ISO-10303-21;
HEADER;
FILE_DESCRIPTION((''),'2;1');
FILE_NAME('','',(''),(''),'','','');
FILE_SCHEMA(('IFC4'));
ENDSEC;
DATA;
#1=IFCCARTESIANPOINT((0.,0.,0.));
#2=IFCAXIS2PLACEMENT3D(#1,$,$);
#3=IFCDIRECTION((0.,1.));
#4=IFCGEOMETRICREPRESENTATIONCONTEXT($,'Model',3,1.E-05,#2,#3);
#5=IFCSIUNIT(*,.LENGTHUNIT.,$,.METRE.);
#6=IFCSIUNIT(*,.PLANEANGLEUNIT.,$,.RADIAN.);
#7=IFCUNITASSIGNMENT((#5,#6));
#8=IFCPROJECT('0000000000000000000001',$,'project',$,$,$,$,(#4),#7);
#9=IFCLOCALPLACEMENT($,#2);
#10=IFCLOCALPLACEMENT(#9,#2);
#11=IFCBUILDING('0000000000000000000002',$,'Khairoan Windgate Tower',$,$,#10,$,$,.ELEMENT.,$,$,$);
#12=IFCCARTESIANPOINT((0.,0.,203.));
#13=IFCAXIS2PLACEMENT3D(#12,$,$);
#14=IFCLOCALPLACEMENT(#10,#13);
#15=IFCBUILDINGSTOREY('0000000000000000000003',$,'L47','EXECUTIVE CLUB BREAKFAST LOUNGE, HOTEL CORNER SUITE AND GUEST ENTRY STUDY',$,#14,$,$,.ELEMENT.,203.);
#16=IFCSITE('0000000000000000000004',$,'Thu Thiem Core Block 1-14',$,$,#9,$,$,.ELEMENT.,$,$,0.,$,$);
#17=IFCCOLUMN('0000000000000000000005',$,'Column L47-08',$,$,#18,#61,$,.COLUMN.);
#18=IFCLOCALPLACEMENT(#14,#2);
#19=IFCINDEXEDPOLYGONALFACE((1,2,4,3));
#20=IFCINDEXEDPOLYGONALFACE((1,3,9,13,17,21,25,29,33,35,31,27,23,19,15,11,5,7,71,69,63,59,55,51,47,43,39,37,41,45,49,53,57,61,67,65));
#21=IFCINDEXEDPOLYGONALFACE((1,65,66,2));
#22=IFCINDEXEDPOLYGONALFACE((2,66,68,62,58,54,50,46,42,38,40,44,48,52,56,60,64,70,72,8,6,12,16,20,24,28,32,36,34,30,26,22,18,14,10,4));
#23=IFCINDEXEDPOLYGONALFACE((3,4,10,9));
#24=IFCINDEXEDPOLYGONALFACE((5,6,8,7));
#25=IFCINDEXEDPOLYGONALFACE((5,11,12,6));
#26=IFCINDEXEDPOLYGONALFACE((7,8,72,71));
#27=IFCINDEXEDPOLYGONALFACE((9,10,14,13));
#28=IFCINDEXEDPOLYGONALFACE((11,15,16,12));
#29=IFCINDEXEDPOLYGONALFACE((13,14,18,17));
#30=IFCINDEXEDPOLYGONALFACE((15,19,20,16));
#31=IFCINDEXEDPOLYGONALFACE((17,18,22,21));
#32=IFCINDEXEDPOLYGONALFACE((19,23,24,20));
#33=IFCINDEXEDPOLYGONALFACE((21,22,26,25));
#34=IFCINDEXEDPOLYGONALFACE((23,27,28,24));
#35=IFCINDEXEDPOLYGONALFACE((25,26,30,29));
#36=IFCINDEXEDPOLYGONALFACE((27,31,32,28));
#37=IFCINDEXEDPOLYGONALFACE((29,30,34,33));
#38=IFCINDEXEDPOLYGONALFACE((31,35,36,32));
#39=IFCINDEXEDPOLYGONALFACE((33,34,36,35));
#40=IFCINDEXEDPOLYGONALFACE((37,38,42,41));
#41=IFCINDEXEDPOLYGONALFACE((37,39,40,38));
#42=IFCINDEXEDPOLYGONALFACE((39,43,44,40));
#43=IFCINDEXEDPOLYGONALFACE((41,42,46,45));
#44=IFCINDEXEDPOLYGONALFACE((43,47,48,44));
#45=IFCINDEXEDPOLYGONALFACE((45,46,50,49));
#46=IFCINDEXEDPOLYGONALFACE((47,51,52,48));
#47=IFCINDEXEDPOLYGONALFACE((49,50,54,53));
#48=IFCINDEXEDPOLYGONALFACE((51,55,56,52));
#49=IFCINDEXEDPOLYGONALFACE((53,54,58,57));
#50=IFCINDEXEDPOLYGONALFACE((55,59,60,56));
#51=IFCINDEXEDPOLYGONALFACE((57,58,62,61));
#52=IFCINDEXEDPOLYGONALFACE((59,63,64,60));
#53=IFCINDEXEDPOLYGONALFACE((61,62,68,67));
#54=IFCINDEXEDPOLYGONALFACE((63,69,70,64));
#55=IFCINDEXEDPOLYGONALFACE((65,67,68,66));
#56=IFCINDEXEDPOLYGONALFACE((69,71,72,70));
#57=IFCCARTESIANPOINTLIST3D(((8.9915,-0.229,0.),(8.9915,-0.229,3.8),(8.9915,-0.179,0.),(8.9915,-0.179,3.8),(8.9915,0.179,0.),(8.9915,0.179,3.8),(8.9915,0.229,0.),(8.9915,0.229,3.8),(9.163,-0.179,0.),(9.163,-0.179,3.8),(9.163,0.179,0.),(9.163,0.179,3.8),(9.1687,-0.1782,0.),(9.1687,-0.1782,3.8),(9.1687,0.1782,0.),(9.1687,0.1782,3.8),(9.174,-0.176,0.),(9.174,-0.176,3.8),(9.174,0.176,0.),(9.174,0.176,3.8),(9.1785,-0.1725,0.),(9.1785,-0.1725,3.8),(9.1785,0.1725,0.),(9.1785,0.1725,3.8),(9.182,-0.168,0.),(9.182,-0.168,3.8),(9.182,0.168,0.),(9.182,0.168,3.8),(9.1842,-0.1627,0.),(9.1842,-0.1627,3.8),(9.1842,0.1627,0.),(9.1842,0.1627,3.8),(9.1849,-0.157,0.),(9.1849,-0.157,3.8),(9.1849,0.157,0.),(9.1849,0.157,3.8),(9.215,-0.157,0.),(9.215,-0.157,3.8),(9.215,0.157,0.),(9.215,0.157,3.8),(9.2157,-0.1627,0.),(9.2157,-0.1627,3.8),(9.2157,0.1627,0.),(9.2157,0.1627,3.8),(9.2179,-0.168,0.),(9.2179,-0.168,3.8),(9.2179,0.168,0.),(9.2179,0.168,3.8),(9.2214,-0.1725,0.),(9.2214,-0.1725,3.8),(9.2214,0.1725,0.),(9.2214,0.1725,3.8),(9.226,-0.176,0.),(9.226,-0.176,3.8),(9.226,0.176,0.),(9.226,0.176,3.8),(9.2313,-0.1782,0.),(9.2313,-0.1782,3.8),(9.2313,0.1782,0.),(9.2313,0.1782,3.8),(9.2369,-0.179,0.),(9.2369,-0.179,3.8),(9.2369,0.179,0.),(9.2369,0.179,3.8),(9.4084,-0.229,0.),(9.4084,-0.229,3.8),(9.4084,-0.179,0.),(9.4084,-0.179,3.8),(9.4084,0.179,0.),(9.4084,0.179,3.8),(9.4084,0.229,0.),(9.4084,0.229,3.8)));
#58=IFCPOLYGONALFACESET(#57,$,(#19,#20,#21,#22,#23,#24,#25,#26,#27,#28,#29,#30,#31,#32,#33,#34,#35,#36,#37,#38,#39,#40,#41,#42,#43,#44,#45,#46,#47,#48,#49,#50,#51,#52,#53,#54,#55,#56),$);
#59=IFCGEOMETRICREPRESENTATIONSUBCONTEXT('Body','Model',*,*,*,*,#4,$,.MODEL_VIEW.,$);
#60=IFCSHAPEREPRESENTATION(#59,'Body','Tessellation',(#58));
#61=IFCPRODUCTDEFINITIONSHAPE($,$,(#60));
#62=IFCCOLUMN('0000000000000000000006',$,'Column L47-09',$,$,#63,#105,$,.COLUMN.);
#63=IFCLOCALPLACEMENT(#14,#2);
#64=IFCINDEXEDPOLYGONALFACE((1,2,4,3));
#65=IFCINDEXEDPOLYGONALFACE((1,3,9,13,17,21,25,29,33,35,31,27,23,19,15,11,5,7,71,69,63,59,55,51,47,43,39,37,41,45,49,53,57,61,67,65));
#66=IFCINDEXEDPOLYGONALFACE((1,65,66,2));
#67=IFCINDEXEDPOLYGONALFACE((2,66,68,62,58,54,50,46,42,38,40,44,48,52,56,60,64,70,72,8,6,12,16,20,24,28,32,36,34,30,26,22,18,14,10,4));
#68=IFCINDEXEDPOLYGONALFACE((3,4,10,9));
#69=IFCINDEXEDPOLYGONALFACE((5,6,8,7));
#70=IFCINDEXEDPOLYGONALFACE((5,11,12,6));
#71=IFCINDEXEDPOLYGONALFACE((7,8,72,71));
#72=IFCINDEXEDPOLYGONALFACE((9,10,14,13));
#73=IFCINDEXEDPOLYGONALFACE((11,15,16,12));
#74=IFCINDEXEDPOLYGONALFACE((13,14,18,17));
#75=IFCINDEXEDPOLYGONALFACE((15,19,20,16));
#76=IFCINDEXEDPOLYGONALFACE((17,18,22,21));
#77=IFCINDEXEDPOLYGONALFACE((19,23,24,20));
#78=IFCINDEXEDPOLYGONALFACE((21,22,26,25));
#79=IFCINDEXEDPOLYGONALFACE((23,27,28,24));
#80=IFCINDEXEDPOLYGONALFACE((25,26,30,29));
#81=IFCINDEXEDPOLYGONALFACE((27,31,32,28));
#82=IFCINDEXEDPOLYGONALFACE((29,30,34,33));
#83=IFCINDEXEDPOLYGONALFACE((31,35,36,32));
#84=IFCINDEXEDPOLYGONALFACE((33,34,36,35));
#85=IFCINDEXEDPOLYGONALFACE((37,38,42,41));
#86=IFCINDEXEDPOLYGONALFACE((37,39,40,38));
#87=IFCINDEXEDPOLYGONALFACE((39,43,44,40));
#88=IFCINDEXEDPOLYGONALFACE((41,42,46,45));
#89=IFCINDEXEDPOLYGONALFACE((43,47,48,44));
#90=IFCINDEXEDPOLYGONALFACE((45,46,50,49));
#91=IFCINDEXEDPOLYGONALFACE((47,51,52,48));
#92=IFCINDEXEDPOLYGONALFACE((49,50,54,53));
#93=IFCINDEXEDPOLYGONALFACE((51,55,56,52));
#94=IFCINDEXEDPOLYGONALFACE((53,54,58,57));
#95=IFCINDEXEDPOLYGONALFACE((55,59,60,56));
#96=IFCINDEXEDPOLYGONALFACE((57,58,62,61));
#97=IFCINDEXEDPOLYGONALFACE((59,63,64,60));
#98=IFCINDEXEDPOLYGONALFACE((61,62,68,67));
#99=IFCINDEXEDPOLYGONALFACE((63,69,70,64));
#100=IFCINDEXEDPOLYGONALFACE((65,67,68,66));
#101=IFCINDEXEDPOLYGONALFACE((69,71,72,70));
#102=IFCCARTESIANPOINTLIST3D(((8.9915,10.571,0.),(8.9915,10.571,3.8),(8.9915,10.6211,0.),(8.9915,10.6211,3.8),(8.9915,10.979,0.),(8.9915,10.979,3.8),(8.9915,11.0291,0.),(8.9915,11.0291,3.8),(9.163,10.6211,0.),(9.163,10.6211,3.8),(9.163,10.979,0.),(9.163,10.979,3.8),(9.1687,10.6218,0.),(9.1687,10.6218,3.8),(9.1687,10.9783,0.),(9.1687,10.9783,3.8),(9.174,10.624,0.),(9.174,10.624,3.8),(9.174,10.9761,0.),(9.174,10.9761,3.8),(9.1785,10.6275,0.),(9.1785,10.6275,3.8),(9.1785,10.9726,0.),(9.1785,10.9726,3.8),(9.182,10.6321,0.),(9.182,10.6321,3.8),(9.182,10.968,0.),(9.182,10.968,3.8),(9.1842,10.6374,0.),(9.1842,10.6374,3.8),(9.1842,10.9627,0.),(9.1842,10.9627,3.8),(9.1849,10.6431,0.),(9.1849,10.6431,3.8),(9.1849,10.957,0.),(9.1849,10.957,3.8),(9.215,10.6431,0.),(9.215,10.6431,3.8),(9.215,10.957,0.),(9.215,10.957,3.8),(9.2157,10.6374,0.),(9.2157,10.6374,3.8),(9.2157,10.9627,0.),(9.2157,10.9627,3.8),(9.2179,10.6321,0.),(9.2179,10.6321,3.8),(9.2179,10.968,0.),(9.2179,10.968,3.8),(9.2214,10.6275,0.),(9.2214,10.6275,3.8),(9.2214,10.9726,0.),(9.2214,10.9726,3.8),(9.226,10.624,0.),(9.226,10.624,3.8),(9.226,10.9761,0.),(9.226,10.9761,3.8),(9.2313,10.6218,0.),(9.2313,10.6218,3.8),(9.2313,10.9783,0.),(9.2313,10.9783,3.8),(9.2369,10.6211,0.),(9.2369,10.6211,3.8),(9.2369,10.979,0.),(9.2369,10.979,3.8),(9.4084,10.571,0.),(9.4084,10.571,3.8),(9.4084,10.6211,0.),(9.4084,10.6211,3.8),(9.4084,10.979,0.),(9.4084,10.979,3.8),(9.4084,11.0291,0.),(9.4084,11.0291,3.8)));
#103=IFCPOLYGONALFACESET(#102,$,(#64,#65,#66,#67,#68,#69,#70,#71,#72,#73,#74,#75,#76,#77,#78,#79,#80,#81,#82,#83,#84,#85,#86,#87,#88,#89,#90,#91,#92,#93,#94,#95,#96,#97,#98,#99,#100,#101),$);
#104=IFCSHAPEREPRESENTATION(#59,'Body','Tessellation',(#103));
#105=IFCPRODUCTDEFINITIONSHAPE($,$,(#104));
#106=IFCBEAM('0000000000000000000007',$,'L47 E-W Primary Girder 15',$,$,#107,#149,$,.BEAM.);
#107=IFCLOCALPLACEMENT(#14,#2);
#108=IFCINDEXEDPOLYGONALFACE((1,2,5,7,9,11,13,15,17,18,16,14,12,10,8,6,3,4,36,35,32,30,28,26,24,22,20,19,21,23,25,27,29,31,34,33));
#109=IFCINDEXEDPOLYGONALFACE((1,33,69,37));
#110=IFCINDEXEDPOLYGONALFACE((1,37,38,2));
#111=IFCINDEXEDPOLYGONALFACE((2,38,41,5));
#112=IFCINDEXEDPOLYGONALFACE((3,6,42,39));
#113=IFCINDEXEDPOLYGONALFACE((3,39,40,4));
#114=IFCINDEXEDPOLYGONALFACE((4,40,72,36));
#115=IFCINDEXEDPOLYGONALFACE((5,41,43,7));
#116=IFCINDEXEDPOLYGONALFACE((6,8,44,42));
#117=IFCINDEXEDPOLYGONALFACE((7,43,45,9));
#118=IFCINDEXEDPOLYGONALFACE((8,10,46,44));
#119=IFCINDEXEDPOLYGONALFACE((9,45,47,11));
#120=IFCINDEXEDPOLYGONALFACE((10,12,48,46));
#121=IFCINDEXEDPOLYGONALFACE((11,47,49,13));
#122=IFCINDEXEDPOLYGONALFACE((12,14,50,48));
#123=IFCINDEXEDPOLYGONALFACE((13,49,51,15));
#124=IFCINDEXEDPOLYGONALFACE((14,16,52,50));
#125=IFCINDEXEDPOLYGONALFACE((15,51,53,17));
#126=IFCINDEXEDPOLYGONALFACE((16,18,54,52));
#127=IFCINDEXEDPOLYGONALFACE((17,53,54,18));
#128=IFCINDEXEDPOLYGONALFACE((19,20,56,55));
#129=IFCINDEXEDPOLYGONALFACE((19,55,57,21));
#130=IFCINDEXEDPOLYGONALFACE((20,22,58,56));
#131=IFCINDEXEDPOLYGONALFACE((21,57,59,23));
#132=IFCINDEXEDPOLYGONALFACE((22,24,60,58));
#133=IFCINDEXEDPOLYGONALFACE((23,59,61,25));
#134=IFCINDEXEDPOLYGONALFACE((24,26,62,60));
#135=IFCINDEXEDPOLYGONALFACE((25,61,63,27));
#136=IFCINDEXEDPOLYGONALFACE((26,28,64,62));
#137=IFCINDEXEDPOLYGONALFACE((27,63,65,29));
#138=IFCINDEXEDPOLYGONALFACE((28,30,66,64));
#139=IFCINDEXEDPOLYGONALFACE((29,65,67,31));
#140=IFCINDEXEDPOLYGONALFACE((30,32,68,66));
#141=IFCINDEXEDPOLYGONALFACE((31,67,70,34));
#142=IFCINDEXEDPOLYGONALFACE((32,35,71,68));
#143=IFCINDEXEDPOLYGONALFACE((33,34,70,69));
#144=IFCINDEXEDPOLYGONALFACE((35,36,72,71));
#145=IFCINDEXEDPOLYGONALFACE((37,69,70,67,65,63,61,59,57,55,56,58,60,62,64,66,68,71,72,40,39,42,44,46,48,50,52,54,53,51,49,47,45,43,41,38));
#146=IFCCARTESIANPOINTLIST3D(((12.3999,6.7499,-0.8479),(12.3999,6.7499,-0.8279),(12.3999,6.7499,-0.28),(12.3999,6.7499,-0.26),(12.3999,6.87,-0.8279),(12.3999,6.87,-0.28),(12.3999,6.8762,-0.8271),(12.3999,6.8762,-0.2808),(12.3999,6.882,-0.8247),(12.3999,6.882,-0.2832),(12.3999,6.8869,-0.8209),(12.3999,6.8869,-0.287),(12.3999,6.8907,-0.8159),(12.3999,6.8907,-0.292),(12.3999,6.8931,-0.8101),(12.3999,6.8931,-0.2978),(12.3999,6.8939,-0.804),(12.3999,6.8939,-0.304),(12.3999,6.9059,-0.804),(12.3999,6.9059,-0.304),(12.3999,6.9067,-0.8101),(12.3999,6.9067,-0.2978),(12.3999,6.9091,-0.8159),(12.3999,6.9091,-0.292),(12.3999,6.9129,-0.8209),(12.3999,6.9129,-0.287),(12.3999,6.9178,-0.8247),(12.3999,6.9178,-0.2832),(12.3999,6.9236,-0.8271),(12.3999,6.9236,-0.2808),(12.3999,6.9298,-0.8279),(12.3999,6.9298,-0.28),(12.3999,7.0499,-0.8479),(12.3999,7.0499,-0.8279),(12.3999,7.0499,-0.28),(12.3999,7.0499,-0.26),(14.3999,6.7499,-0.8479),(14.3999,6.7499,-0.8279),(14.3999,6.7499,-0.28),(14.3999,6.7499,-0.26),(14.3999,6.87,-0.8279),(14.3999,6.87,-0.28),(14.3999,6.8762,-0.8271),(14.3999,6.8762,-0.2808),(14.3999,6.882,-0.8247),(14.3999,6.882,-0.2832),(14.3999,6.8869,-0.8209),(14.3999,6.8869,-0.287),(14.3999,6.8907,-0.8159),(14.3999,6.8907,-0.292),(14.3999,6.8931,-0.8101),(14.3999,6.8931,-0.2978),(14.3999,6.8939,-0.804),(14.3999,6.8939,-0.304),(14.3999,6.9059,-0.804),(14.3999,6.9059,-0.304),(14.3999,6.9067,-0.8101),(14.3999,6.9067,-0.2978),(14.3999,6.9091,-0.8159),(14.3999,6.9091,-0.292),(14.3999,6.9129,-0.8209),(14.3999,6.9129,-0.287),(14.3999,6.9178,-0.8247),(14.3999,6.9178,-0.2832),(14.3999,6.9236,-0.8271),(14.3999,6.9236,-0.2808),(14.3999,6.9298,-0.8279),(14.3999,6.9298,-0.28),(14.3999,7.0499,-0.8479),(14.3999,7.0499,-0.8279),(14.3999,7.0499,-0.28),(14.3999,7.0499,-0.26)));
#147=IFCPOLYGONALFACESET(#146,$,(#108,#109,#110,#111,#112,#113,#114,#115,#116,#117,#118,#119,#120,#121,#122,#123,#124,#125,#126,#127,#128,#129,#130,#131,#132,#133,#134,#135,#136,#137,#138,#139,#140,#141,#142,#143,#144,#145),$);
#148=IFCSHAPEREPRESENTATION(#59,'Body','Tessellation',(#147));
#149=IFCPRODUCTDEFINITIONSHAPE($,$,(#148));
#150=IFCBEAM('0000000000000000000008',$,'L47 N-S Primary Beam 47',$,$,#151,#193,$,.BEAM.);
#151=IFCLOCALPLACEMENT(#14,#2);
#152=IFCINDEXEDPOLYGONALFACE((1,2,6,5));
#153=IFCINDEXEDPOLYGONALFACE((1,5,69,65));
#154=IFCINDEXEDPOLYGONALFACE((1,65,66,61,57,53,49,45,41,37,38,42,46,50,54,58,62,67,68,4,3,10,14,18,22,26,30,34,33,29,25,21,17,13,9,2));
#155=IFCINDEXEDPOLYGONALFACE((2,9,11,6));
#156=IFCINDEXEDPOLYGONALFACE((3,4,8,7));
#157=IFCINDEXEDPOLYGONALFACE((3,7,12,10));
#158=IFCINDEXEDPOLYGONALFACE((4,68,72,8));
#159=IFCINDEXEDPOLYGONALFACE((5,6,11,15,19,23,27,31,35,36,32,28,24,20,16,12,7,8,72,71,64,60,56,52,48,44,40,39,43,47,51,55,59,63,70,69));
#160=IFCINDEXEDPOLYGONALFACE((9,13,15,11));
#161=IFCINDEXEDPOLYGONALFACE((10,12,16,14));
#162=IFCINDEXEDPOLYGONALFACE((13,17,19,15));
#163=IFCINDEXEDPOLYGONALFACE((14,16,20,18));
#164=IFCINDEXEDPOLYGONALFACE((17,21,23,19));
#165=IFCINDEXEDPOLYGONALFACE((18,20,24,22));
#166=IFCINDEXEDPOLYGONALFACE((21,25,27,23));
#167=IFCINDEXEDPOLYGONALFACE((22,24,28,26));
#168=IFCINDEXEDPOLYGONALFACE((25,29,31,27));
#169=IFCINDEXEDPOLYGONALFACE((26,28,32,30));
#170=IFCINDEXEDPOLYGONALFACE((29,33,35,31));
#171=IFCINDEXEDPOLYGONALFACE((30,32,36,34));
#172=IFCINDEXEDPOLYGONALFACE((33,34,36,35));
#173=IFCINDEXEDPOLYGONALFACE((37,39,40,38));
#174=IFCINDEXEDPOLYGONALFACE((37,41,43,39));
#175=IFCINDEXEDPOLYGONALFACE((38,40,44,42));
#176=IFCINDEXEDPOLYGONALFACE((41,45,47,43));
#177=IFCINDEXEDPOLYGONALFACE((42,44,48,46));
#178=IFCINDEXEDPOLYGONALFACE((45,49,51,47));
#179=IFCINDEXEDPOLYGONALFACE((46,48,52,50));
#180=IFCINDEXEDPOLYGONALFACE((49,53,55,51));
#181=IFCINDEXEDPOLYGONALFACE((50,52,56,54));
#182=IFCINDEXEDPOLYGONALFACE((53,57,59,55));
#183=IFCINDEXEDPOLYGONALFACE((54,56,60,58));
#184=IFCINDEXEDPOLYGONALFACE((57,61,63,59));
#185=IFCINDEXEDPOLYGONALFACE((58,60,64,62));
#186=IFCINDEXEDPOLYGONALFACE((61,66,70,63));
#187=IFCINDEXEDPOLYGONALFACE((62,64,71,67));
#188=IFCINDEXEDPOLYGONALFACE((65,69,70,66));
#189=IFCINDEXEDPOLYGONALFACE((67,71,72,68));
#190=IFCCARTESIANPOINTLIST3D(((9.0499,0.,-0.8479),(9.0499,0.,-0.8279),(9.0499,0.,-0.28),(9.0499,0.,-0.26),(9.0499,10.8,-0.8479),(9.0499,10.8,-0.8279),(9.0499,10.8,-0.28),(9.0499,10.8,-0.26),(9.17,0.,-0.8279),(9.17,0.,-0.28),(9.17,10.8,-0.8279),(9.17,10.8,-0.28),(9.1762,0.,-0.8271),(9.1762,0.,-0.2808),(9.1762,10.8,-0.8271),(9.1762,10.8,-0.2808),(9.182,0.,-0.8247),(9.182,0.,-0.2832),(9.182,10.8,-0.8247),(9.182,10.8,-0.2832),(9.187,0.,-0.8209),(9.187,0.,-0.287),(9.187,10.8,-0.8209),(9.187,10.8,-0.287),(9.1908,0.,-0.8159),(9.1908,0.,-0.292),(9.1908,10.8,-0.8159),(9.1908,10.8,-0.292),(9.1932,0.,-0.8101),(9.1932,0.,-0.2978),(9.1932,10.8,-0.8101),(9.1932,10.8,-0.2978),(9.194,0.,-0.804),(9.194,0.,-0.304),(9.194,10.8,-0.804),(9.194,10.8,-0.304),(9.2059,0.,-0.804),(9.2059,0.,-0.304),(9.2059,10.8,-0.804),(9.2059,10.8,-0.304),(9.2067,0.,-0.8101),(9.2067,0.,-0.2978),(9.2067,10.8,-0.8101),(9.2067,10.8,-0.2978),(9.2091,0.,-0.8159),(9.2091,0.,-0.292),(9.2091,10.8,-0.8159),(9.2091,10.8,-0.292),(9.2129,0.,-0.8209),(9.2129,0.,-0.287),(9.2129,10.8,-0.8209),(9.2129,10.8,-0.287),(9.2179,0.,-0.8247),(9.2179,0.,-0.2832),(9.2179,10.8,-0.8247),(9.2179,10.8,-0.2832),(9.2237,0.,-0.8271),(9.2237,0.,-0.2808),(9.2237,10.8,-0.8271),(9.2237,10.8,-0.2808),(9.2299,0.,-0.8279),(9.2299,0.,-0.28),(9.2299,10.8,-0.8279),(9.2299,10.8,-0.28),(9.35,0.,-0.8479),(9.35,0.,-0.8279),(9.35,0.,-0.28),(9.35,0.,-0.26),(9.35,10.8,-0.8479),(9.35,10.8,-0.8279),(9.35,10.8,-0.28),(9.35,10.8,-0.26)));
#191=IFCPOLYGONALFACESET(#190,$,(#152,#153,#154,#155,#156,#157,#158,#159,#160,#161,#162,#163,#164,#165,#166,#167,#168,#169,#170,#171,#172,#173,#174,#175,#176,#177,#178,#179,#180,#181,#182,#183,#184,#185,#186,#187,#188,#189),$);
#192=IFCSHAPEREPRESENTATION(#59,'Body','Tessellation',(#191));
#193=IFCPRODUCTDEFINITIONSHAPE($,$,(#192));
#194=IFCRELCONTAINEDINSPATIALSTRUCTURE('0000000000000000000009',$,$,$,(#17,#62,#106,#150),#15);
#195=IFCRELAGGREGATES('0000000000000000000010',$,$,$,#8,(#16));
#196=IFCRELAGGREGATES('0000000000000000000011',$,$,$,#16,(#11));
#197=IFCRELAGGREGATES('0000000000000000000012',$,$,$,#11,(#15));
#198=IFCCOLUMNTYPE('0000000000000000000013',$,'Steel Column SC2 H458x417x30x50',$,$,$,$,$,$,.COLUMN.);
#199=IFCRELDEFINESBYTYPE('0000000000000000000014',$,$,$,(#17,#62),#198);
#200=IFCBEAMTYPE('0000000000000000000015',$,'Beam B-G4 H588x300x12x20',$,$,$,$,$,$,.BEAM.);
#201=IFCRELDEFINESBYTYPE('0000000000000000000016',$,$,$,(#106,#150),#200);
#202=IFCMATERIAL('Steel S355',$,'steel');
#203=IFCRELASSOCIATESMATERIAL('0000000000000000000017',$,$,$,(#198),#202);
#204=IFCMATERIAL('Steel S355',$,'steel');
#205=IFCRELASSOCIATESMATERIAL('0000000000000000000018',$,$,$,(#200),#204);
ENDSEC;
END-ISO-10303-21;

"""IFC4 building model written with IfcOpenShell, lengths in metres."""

from ifc_helpers import new_model, si_unit, direction, frame, origin, origin_2d, place, context, subcontext, project, spatial, i_section, extrude, material, material_profile, profile_set, type_object, element, save


model = new_model("IFC4")

# Units and contexts
model_context = context("Model", 3, precision=1e-05, world=origin(), true_north=direction((0.0, 1.0)))
body_context = subcontext(model_context, "Body", "Model", "MODEL_VIEW")
ifc_project = project(units=[si_unit("LENGTHUNIT", "METRE"), si_unit("PLANEANGLEUNIT", "RADIAN")], contexts=[model_context])

# Site, building, storey
site_placement = place(None, origin())
site = spatial("IfcSite", under=ifc_project, at=site_placement, Name="Thu Thiem Core Block 1-14", CompositionType="ELEMENT", RefElevation=0.0)
building_placement = place(site_placement, origin())
building = spatial("IfcBuilding", under=site, at=building_placement, Name="Khairoan Windgate Tower", CompositionType="ELEMENT")
storey_placement = place(building_placement, frame((0.0, 0.0, 203.0)))
storey = spatial("IfcBuildingStorey", under=building, at=storey_placement, Name="L47", Description="EXECUTIVE CLUB BREAKFAST LOUNGE, HOTEL CORNER SUITE AND GUEST ENTRY STUDY", CompositionType="ELEMENT", Elevation=203.0)

# Columns
ifc_material_1 = material(Name="Steel S355", Category="steel")
ifc_material_profile_1 = material_profile(ifc_material_1, i_section(OverallWidth=0.417, OverallDepth=0.458, WebThickness=0.03, FlangeThickness=0.05, FilletRadius=0.022, at=origin_2d()))
ifc_profile_set_1 = profile_set([ifc_material_profile_1], Name="Steel S355")
column_type = type_object("IfcColumnType", Name="Steel Column SC2 H458x417x30x50", PredefinedType="COLUMN", material=ifc_profile_set_1)
for number, where, z_axis, x_axis, name in (
    (1, (9.2, 0.0, 0.0), (0.0, 0.0, 1.0), (1.0, 0.0, 0.0), "Column L47-08"),
    (2, (9.2, 10.8, 0.0), (0.0, 0.0, 1.0), (1.0, 0.0, 0.0), "Column L47-09"),
):
    element("IfcColumn", number, at=place(storey_placement, frame(where, z_axis=z_axis, x_axis=x_axis)), inside=storey, type_object=column_type, Name=name, PredefinedType="COLUMN", context=body_context, shape_type="SweptSolid", body=[
        extrude(i_section(OverallWidth=0.417, OverallDepth=0.458, WebThickness=0.03, FlangeThickness=0.05, FilletRadius=0.022, at=origin_2d()), origin(), (0.0, 0.0, 1.0), 3.8),
    ])

# Beams
ifc_material_2 = material(Name="Steel S355", Category="steel")
ifc_material_profile_2 = material_profile(ifc_material_2, i_section(OverallWidth=0.3, OverallDepth=0.5879, WebThickness=0.012, FlangeThickness=0.02, FilletRadius=0.0239, at=origin_2d()))
ifc_profile_set_2 = profile_set([ifc_material_profile_2], Name="Steel S355")
beam_type_1 = type_object("IfcBeamType", Name="Beam B-G4 H588x300x12x20", PredefinedType="BEAM", material=ifc_profile_set_2)
beam_1_placement = place(storey_placement, frame((12.3999, 6.8999, -0.554), z_axis=(1.0, 0.0, 0.0), x_axis=(0.0, 1.0, 0.0)))
element("IfcBeam", 3, at=beam_1_placement, inside=storey, type_object=beam_type_1, Name="L47 E-W Primary Girder 15", PredefinedType="BEAM", context=body_context, shape_type="SweptSolid", body=[
    extrude(i_section(OverallWidth=0.3, OverallDepth=0.5879, WebThickness=0.012, FlangeThickness=0.02, FilletRadius=0.0239, at=origin_2d()), origin(), (0.0, 0.0, 1.0), 2.0),
])
beam_2_placement = place(storey_placement, frame((9.2, 0.0, -0.554), z_axis=(0.0, 1.0, 0.0), x_axis=(-1.0, 0.0, 0.0)))
element("IfcBeam", 4, at=beam_2_placement, inside=storey, type_object=beam_type_1, Name="L47 N-S Primary Beam 47", PredefinedType="BEAM", context=body_context, shape_type="SweptSolid", body=[
    extrude(i_section(OverallWidth=0.3, OverallDepth=0.5879, WebThickness=0.012, FlangeThickness=0.02, FilletRadius=0.0239, at=origin_2d()), origin(), (0.0, 0.0, 1.0), 10.8),
])

save(model, "model.ifc")
